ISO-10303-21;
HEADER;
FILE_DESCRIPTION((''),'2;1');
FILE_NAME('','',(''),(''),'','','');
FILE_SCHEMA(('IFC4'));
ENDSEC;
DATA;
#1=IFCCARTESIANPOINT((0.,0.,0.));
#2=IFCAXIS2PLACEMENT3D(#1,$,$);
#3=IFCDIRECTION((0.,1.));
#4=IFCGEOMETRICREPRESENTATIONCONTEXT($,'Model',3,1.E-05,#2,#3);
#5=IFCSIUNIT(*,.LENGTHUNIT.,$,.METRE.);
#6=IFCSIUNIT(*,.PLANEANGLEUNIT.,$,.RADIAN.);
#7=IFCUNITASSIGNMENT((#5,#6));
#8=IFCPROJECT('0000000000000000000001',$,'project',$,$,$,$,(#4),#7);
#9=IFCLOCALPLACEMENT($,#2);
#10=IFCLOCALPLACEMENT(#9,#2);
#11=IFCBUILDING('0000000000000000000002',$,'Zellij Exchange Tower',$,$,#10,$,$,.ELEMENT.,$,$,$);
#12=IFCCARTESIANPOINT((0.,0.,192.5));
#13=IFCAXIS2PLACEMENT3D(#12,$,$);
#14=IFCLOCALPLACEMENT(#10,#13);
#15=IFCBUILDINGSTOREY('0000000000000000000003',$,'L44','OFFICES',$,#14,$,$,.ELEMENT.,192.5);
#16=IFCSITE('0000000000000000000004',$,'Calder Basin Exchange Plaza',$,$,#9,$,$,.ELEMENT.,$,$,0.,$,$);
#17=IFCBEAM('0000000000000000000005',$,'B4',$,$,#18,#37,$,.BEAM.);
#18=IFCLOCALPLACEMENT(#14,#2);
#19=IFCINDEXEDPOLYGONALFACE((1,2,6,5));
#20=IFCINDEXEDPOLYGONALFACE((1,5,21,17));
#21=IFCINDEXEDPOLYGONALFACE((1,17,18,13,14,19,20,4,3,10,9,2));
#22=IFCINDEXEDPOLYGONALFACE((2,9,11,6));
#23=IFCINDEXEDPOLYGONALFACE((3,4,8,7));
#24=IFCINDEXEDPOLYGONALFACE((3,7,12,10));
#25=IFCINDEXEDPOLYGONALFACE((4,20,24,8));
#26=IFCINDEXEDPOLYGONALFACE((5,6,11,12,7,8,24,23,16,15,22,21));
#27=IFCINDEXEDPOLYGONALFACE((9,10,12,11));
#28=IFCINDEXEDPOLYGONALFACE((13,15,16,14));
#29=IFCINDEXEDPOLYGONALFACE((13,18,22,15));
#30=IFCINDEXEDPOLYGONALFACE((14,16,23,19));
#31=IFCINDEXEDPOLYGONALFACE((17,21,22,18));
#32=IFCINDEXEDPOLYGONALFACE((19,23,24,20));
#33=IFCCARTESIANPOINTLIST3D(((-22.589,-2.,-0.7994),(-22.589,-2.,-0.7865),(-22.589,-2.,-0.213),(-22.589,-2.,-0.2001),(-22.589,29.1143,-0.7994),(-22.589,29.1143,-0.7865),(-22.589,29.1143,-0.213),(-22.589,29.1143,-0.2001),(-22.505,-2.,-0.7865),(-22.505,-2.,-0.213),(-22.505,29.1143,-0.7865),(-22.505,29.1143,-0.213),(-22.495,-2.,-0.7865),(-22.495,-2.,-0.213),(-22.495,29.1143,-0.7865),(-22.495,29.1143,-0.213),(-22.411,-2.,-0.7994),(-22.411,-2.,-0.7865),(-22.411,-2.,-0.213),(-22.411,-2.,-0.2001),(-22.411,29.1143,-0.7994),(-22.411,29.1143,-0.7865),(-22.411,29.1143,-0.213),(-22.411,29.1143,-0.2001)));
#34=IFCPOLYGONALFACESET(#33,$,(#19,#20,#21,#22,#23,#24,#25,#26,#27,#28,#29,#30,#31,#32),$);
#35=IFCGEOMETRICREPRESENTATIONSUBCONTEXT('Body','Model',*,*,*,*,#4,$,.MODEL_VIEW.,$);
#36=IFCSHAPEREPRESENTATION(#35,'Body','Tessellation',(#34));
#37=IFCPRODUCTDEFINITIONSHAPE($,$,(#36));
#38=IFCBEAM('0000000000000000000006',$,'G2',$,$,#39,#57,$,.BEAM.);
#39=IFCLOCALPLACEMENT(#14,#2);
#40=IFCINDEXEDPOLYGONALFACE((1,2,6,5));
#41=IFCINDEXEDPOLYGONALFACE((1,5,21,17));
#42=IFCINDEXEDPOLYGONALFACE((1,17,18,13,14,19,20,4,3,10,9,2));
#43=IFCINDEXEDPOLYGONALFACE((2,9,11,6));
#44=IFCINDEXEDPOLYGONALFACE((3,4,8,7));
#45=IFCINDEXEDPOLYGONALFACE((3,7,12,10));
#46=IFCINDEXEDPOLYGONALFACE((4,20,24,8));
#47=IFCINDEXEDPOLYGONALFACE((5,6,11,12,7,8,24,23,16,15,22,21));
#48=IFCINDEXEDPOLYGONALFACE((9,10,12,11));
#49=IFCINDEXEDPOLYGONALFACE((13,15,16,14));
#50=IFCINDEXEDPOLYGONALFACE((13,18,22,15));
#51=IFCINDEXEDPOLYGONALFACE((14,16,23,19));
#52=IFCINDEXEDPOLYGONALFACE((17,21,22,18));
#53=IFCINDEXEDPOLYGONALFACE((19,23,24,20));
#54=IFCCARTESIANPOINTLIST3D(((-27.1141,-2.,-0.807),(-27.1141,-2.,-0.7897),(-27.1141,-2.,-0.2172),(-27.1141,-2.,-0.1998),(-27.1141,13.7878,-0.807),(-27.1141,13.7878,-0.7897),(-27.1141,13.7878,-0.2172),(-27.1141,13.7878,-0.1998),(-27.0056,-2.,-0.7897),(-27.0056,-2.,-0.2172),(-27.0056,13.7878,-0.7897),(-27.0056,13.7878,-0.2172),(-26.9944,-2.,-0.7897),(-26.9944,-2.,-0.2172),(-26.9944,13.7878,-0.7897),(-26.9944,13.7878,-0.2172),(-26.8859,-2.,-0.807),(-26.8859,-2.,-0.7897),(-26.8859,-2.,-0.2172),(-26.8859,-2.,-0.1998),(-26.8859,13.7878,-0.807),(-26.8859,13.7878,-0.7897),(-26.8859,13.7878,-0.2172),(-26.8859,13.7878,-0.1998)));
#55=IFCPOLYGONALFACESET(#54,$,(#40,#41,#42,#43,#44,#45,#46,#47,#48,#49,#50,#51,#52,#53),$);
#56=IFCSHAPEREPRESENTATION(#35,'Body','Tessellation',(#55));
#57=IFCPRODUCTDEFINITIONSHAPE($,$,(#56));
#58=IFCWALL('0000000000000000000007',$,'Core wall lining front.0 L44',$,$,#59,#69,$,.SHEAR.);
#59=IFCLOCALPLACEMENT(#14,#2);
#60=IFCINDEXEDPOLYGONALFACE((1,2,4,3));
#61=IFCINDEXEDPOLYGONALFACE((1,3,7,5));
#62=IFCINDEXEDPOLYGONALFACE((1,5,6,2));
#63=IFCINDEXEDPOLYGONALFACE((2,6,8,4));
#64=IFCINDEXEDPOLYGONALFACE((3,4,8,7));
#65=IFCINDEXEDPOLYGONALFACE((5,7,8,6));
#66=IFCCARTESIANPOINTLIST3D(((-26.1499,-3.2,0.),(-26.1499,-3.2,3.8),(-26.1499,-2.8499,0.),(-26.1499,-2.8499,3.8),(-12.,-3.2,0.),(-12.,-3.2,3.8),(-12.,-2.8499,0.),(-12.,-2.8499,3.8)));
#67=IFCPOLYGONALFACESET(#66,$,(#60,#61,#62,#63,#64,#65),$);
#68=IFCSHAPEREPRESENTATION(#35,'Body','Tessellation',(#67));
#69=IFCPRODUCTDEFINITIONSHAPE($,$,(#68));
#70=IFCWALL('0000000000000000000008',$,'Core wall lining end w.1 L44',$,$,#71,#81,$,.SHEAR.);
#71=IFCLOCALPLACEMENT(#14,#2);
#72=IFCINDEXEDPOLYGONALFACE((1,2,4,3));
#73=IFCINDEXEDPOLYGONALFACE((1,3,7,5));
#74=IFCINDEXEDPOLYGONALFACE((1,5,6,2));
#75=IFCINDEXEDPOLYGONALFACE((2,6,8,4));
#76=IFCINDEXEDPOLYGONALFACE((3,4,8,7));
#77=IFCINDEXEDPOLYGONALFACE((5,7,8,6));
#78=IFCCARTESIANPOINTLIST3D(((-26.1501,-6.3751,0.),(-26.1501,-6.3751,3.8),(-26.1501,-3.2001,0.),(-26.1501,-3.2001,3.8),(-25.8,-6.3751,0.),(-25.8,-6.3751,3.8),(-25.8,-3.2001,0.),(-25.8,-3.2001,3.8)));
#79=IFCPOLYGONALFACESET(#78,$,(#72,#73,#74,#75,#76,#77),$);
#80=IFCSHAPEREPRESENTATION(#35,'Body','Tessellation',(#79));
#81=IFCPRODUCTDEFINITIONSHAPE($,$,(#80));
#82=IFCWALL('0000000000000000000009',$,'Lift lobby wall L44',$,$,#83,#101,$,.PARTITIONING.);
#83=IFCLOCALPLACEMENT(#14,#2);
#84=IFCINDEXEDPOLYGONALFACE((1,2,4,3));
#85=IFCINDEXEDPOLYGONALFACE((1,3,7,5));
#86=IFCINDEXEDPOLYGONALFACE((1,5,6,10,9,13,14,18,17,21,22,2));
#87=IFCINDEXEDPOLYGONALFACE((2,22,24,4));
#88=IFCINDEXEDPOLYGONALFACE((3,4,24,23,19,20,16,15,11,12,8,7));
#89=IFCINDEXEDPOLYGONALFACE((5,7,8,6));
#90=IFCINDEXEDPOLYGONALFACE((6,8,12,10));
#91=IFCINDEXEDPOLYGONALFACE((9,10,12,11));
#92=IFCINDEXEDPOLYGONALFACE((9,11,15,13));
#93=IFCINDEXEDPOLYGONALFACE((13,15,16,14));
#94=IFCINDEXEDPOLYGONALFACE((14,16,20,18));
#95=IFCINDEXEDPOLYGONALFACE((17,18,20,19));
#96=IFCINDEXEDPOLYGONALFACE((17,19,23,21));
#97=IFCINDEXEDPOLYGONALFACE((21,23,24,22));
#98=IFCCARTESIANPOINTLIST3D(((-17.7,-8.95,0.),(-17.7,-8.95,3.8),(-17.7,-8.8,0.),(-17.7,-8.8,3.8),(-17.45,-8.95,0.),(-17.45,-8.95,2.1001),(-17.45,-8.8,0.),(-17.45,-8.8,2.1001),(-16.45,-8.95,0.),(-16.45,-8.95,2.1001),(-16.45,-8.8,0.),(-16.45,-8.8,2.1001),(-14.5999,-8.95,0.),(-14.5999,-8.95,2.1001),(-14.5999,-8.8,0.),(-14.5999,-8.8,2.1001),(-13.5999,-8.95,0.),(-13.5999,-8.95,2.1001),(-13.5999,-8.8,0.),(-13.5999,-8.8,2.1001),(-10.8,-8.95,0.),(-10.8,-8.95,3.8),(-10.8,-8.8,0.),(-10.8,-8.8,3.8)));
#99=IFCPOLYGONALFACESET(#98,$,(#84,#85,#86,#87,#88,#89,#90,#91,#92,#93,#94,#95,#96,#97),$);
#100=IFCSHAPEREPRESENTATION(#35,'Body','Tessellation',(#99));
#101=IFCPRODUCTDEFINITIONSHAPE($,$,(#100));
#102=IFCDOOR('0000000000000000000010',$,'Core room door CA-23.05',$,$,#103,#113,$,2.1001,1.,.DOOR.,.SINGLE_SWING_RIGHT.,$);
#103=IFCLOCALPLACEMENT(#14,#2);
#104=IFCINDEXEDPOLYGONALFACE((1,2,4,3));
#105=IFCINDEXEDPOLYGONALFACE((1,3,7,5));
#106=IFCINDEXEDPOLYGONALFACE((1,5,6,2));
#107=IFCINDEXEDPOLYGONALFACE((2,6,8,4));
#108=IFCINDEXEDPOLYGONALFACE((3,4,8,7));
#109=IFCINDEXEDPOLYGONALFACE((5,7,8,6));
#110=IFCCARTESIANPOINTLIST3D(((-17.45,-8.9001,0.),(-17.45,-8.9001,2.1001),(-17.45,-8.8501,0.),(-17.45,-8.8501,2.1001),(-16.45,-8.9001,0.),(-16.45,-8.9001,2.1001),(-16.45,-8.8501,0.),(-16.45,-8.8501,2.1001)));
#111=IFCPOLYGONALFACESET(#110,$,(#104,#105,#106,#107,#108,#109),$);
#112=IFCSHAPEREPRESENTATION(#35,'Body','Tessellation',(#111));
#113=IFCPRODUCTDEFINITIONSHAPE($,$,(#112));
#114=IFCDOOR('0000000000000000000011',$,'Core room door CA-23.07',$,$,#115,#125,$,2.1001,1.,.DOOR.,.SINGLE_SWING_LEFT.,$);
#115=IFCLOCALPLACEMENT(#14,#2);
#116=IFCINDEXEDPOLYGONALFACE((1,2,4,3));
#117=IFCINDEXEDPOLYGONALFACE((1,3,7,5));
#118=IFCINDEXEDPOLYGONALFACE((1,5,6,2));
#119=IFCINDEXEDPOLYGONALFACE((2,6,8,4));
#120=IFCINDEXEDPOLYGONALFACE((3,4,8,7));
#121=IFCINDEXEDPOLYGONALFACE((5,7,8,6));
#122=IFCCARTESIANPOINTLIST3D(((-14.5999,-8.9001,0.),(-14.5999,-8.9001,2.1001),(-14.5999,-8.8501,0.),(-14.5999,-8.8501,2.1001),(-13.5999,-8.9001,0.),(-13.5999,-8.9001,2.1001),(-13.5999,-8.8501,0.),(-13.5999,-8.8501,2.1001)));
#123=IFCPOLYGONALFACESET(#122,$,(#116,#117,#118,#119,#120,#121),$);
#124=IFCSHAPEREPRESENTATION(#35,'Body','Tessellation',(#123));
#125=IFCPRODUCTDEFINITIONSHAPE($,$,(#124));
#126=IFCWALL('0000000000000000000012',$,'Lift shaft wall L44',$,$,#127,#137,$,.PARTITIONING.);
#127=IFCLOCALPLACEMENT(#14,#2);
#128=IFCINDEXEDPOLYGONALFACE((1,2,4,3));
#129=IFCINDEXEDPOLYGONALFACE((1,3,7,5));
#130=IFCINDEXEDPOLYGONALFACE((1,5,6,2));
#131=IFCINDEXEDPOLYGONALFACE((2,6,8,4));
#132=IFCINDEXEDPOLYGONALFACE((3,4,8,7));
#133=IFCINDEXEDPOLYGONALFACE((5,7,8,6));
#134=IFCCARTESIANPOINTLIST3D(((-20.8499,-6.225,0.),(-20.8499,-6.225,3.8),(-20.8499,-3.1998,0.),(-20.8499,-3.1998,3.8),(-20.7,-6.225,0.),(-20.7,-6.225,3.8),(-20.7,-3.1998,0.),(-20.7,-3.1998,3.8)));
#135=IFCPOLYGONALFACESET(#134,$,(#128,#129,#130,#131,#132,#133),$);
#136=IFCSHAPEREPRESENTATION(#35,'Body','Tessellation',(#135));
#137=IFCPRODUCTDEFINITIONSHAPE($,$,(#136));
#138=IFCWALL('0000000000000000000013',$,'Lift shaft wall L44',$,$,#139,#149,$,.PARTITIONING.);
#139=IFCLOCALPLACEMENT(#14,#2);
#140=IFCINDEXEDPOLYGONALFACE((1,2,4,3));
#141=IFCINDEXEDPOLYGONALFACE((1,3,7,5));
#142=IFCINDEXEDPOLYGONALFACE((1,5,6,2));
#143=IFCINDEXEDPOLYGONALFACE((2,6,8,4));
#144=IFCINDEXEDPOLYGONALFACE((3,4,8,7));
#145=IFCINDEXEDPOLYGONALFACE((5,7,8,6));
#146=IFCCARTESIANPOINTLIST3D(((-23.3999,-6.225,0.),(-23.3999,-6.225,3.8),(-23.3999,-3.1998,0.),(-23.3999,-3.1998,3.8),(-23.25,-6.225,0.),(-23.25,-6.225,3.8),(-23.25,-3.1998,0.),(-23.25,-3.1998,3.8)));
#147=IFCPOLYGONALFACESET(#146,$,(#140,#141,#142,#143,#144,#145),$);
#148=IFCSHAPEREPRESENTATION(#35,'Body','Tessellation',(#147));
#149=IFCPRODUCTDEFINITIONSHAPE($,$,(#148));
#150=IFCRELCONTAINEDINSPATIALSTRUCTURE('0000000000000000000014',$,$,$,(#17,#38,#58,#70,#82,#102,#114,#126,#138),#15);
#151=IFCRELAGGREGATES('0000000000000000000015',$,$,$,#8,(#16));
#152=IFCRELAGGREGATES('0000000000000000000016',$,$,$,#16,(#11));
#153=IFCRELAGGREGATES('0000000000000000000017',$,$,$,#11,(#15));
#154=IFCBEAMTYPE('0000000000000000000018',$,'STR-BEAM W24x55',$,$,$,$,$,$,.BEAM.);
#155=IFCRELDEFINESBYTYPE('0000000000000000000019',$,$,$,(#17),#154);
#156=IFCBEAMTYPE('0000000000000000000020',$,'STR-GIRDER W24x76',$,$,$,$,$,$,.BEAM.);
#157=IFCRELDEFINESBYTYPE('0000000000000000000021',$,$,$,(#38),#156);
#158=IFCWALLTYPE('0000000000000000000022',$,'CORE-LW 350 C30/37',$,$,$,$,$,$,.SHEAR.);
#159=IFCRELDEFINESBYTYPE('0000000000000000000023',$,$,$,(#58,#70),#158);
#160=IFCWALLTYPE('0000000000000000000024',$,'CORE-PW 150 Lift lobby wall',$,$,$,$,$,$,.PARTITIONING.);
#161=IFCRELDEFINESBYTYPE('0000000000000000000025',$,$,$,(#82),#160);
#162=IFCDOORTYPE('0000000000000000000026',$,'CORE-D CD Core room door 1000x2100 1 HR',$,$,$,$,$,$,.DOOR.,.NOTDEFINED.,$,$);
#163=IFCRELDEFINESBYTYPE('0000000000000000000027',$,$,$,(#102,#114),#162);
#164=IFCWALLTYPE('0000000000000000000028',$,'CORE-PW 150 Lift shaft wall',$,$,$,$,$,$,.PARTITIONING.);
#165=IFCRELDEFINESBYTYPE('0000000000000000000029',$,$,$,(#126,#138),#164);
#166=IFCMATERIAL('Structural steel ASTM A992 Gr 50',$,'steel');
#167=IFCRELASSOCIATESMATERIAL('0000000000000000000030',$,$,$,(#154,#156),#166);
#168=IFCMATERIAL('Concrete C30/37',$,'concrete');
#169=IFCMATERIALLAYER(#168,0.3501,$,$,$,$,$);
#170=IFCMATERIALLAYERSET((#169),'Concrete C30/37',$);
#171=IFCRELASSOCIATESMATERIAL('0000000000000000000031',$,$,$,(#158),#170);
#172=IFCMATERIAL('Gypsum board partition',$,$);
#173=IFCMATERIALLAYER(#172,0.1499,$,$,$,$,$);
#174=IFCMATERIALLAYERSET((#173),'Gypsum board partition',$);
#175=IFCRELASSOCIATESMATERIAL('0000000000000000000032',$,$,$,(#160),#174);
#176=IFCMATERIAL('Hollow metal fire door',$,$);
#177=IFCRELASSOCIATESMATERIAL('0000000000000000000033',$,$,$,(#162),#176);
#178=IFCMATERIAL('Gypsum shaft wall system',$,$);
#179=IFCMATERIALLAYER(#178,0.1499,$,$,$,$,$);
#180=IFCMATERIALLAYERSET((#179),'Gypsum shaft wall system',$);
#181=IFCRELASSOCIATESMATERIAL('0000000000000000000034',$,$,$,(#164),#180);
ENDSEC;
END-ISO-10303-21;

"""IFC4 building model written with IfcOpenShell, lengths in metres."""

from ifc_helpers import new_model, si_unit, direction, frame, frame_2d, origin, origin_2d, place, context, subcontext, project, spatial, rectangle, i_section, extrude, material, layer, layer_set, material_profile, profile_set, type_object, element, fill, save


model = new_model("IFC4")

# Units and contexts
model_context = context("Model", 3, precision=1e-05, world=origin(), true_north=direction((0.0, 1.0)))
body_context = subcontext(model_context, "Body", "Model", "MODEL_VIEW")
ifc_project = project(units=[si_unit("LENGTHUNIT", "METRE"), si_unit("PLANEANGLEUNIT", "RADIAN")], contexts=[model_context])

# Site, building, storey
site_placement = place(None, origin())
site = spatial("IfcSite", under=ifc_project, at=site_placement, Name="Calder Basin Exchange Plaza", CompositionType="ELEMENT", RefElevation=0.0)
building_placement = place(site_placement, origin())
building = spatial("IfcBuilding", under=site, at=building_placement, Name="Zellij Exchange Tower", CompositionType="ELEMENT")
storey_placement = place(building_placement, frame((0.0, 0.0, 192.5)))
storey = spatial("IfcBuildingStorey", under=building, at=storey_placement, Name="L44", Description="OFFICES", CompositionType="ELEMENT", Elevation=192.5)

# Beams
ifc_material_1 = material(Name="Structural steel ASTM A992 Gr 50", Category="steel")
ifc_material_profile_1 = material_profile(ifc_material_1, i_section(OverallWidth=0.178, OverallDepth=0.5994, WebThickness=0.01, FlangeThickness=0.0129, at=origin_2d()), Name="W24x55")
ifc_profile_set_1 = profile_set([ifc_material_profile_1], Name="Structural steel ASTM A992 Gr 50")
beam_type_1 = type_object("IfcBeamType", Name="STR-BEAM W24x55", PredefinedType="BEAM", material=ifc_profile_set_1)
beam_1_placement = place(storey_placement, frame((-22.5, -2.0, -0.4998), z_axis=(0.0, 1.0, 0.0), x_axis=(-1.0, 0.0, 0.0)))
element("IfcBeam", 1, at=beam_1_placement, inside=storey, type_object=beam_type_1, Name="B4", PredefinedType="BEAM", context=body_context, shape_type="SweptSolid", body=[
    extrude(i_section(OverallWidth=0.178, OverallDepth=0.5994, WebThickness=0.01, FlangeThickness=0.0129, at=origin_2d()), origin(), (0.0, 0.0, 1.0), 31.1143),
])
ifc_material_profile_2 = material_profile(ifc_material_1, i_section(OverallWidth=0.2283, OverallDepth=0.6072, WebThickness=0.0112, FlangeThickness=0.0173, at=origin_2d()), Name="W24x76")
ifc_profile_set_2 = profile_set([ifc_material_profile_2], Name="Structural steel ASTM A992 Gr 50")
beam_type_2 = type_object("IfcBeamType", Name="STR-GIRDER W24x76", PredefinedType="BEAM", material=ifc_profile_set_2)
beam_2_placement = place(storey_placement, frame((-27.0, -2.0, -0.5034), z_axis=(0.0, 1.0, 0.0), x_axis=(-1.0, 0.0, 0.0)))
element("IfcBeam", 2, at=beam_2_placement, inside=storey, type_object=beam_type_2, Name="G2", PredefinedType="BEAM", context=body_context, shape_type="SweptSolid", body=[
    extrude(i_section(OverallWidth=0.2283, OverallDepth=0.6072, WebThickness=0.0112, FlangeThickness=0.0173, at=origin_2d()), origin(), (0.0, 0.0, 1.0), 15.7878),
])

# Walls
ifc_material_2 = material(Name="Concrete C30/37", Category="concrete")
ifc_layer_1 = layer(ifc_material_2, 0.3501)
ifc_layer_set_1 = layer_set([ifc_layer_1], Name="Concrete C30/37")
wall_type_1 = type_object("IfcWallType", Name="CORE-LW 350 C30/37", PredefinedType="SHEAR", material=ifc_layer_set_1)
wall_1_placement = place(storey_placement, frame((-26.1499, -3.0249, 0.0), z_axis=(0.0, 0.0, 1.0), x_axis=(1.0, 0.0, 0.0)))
element("IfcWall", 3, at=wall_1_placement, inside=storey, type_object=wall_type_1, Name="Core wall lining front.0 L44", PredefinedType="SHEAR", context=body_context, shape_type="SweptSolid", body=[
    extrude(rectangle(XDim=14.1499, YDim=0.3501, at=frame_2d((7.075, 0.0))), origin(), (0.0, 0.0, 1.0), 3.8),
])
wall_2_placement = place(storey_placement, frame((-25.9751, -6.375, 0.0), z_axis=(0.0, 0.0, 1.0), x_axis=(0.0, 1.0, 0.0)))
element("IfcWall", 4, at=wall_2_placement, inside=storey, type_object=wall_type_1, Name="Core wall lining end w.1 L44", PredefinedType="SHEAR", context=body_context, shape_type="SweptSolid", body=[
    extrude(rectangle(XDim=3.175, YDim=0.3501, at=frame_2d((1.5874, 0.0))), origin(), (0.0, 0.0, 1.0), 3.8),
])

# Wall, openings, doors
ifc_material_3 = material(Name="Gypsum board partition")
ifc_layer_2 = layer(ifc_material_3, 0.1499)
ifc_layer_set_2 = layer_set([ifc_layer_2], Name="Gypsum board partition")
wall_type_2 = type_object("IfcWallType", Name="CORE-PW 150 Lift lobby wall", PredefinedType="PARTITIONING", material=ifc_layer_set_2)
wall_3_placement = place(storey_placement, frame((-17.7, -8.875, 0.0), z_axis=(0.0, 0.0, 1.0), x_axis=(1.0, 0.0, 0.0)))
wall_3 = element("IfcWall", 5, at=wall_3_placement, inside=storey, type_object=wall_type_2, Name="Lift lobby wall L44", PredefinedType="PARTITIONING", context=body_context, shape_type="SweptSolid", body=[
    extrude(rectangle(XDim=6.8999, YDim=0.1499, at=frame_2d((3.45, 0.0))), origin(), (0.0, 0.0, 1.0), 3.8),
])
opening_1_placement = place(wall_3_placement, frame((0.25, 0.0, 0.0)))
opening_1 = element("IfcOpeningElement", 6, at=opening_1_placement, cuts=wall_3, PredefinedType="OPENING", context=body_context, shape_type="SweptSolid", body=[
    extrude(rectangle(XDim=1.0, YDim=2.1001, at=frame_2d((0.5, 1.05))), frame((0.0, 0.0869, 0.0), z_axis=(0.0, -1.0, 0.0), x_axis=(1.0, 0.0, 0.0)), (0.0, 0.0, 1.0), 0.1738),
])
opening_2_placement = place(wall_3_placement, frame((3.1001, 0.0, 0.0)))
opening_2 = element("IfcOpeningElement", 7, at=opening_2_placement, cuts=wall_3, PredefinedType="OPENING", context=body_context, shape_type="SweptSolid", body=[
    extrude(rectangle(XDim=1.0, YDim=2.1001, at=frame_2d((0.5, 1.05))), frame((0.0, 0.0869, 0.0), z_axis=(0.0, -1.0, 0.0), x_axis=(1.0, 0.0, 0.0)), (0.0, 0.0, 1.0), 0.1738),
])
ifc_material_4 = material(Name="Hollow metal fire door")
door_type_1 = type_object("IfcDoorType", Name="CORE-D CD Core room door 1000x2100 1 HR", OperationType="NOTDEFINED", PredefinedType="DOOR", material=ifc_material_4)
door_1_placement = place(opening_1_placement, origin())
door_1 = element("IfcDoor", 8, at=door_1_placement, inside=storey, type_object=door_type_1, Name="Core room door CA-23.05", OperationType="SINGLE_SWING_RIGHT", OverallHeight=2.1001, OverallWidth=1.0, PredefinedType="DOOR", context=body_context, shape_type="SweptSolid", body=[
    extrude(rectangle(XDim=1.0, YDim=2.1001, at=frame_2d((0.5, 1.05))), frame((0.0, 0.0249, 0.0), z_axis=(0.0, -1.0, 0.0), x_axis=(1.0, 0.0, 0.0)), (0.0, 0.0, 1.0), 0.05),
])
fill(opening_1, door_1)
door_2_placement = place(opening_2_placement, origin())
door_2 = element("IfcDoor", 9, at=door_2_placement, inside=storey, type_object=door_type_1, Name="Core room door CA-23.07", OperationType="SINGLE_SWING_LEFT", OverallHeight=2.1001, OverallWidth=1.0, PredefinedType="DOOR", context=body_context, shape_type="SweptSolid", body=[
    extrude(rectangle(XDim=1.0, YDim=2.1001, at=frame_2d((0.5, 1.05))), frame((0.0, 0.0249, 0.0), z_axis=(0.0, -1.0, 0.0), x_axis=(1.0, 0.0, 0.0)), (0.0, 0.0, 1.0), 0.05),
])
fill(opening_2, door_2)

# Walls
ifc_material_5 = material(Name="Gypsum shaft wall system")
ifc_layer_3 = layer(ifc_material_5, 0.1499)
ifc_layer_set_3 = layer_set([ifc_layer_3], Name="Gypsum shaft wall system")
wall_type_3 = type_object("IfcWallType", Name="CORE-PW 150 Lift shaft wall", PredefinedType="PARTITIONING", material=ifc_layer_set_3)
for number, where, z_axis, x_axis, name in (
    (10, (-20.7749, -6.2251, 0.0), (0.0, 0.0, 1.0), (0.0, 1.0, 0.0), "Lift shaft wall L44"),
    (11, (-23.325, -6.2251, 0.0), (0.0, 0.0, 1.0), (0.0, 1.0, 0.0), "Lift shaft wall L44"),
):
    element("IfcWall", number, at=place(storey_placement, frame(where, z_axis=z_axis, x_axis=x_axis)), inside=storey, type_object=wall_type_3, Name=name, PredefinedType="PARTITIONING", context=body_context, shape_type="SweptSolid", body=[
        extrude(rectangle(XDim=3.0251, YDim=0.1499, at=frame_2d((1.5127, 0.0))), origin(), (0.0, 0.0, 1.0), 3.8),
    ])

save(model, "model.ifc")
